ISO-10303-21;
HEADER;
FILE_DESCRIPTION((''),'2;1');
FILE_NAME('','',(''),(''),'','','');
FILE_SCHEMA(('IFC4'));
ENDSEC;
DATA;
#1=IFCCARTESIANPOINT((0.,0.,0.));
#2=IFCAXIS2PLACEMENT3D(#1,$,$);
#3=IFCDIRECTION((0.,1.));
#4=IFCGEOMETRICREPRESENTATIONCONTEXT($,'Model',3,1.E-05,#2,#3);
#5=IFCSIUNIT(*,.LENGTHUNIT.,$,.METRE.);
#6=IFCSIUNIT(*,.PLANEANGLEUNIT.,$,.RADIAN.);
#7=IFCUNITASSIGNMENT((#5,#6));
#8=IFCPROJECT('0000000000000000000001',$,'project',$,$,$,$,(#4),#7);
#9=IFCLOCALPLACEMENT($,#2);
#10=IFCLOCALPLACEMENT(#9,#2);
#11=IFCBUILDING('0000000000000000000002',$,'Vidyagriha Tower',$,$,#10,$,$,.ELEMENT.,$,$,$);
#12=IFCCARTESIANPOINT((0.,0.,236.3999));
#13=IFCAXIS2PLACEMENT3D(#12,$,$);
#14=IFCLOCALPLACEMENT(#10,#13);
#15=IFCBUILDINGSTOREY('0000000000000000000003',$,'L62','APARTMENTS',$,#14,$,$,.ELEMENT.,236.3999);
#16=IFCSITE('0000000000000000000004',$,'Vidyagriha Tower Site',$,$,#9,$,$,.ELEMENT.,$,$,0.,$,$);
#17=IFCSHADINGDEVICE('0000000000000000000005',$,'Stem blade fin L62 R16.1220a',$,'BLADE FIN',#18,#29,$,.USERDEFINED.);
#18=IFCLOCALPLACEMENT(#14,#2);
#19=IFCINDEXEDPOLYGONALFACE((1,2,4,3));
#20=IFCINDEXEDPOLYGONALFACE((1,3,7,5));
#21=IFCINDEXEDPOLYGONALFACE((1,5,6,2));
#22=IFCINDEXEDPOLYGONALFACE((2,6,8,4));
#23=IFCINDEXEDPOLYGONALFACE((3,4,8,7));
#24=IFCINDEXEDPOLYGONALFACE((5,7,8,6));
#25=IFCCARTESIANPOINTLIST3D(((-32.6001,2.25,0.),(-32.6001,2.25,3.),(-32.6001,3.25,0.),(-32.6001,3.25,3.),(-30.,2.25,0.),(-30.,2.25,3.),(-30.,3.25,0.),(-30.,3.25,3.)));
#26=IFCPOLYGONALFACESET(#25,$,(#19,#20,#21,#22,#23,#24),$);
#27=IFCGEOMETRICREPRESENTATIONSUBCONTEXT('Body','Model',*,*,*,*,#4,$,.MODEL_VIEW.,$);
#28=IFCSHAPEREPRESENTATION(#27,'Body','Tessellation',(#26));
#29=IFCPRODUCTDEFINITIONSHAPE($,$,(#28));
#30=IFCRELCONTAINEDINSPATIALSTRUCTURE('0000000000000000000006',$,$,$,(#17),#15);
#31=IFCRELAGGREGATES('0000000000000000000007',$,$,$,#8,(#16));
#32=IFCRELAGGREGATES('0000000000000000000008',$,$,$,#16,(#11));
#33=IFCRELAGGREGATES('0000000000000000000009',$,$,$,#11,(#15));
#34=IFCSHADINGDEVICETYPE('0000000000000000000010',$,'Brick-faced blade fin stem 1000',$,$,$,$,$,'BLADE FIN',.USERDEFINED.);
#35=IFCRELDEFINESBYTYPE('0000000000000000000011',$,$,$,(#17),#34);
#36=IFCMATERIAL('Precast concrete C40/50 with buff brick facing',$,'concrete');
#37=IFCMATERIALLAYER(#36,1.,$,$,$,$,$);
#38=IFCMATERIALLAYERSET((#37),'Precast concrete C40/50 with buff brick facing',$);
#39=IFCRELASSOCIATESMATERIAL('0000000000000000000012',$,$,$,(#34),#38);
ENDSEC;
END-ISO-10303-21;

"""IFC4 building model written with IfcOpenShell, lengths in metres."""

from ifc_helpers import new_model, si_unit, direction, frame, origin, place, context, subcontext, project, spatial, polyline, outline, extrude, material, layer, layer_set, type_object, element, save


model = new_model("IFC4")

# Units and contexts
model_context = context("Model", 3, precision=1e-05, world=origin(), true_north=direction((0.0, 1.0)))
body_context = subcontext(model_context, "Body", "Model", "MODEL_VIEW")
ifc_project = project(units=[si_unit("LENGTHUNIT", "METRE"), si_unit("PLANEANGLEUNIT", "RADIAN")], contexts=[model_context])

# Site, building, storey
site_placement = place(None, origin())
site = spatial("IfcSite", under=ifc_project, at=site_placement, Name="Vidyagriha Tower Site", CompositionType="ELEMENT", RefElevation=0.0)
building_placement = place(site_placement, origin())
building = spatial("IfcBuilding", under=site, at=building_placement, Name="Vidyagriha Tower", CompositionType="ELEMENT")
storey_placement = place(building_placement, frame((0.0, 0.0, 236.3999)))
storey = spatial("IfcBuildingStorey", under=building, at=storey_placement, Name="L62", Description="APARTMENTS", CompositionType="ELEMENT", Elevation=236.3999)

# Shading device
ifc_material_1 = material(Name="Precast concrete C40/50 with buff brick facing", Category="concrete")
ifc_layer_1 = layer(ifc_material_1, 1.0)
ifc_layer_set_1 = layer_set([ifc_layer_1], Name="Precast concrete C40/50 with buff brick facing")
shading_device_type_1 = type_object("IfcShadingDeviceType", Name="Brick-faced blade fin stem 1000", ElementType="BLADE FIN", PredefinedType="USERDEFINED", material=ifc_layer_set_1)
shading_device_1_placement = place(storey_placement, frame((-31.3, 3.25, 0.0), z_axis=(0.0, 0.0, 1.0), x_axis=(0.0, -1.0, 0.0)))
element("IfcShadingDevice", 1, at=shading_device_1_placement, inside=storey, type_object=shading_device_type_1, Name="Stem blade fin L62 R16.1220a", ObjectType="BLADE FIN", PredefinedType="USERDEFINED", context=body_context, shape_type="SweptSolid", body=[
    extrude(outline(polyline([(0.0, 0.0), (1.0, 0.0), (1.0, 3.0), (0.0, 3.0), (0.0, 0.0)])), frame((0.0, 1.3, 0.0), z_axis=(0.0, -1.0, 0.0), x_axis=(1.0, 0.0, 0.0)), (0.0, 0.0, 1.0), 2.6001),
])

save(model, "model.ifc")
